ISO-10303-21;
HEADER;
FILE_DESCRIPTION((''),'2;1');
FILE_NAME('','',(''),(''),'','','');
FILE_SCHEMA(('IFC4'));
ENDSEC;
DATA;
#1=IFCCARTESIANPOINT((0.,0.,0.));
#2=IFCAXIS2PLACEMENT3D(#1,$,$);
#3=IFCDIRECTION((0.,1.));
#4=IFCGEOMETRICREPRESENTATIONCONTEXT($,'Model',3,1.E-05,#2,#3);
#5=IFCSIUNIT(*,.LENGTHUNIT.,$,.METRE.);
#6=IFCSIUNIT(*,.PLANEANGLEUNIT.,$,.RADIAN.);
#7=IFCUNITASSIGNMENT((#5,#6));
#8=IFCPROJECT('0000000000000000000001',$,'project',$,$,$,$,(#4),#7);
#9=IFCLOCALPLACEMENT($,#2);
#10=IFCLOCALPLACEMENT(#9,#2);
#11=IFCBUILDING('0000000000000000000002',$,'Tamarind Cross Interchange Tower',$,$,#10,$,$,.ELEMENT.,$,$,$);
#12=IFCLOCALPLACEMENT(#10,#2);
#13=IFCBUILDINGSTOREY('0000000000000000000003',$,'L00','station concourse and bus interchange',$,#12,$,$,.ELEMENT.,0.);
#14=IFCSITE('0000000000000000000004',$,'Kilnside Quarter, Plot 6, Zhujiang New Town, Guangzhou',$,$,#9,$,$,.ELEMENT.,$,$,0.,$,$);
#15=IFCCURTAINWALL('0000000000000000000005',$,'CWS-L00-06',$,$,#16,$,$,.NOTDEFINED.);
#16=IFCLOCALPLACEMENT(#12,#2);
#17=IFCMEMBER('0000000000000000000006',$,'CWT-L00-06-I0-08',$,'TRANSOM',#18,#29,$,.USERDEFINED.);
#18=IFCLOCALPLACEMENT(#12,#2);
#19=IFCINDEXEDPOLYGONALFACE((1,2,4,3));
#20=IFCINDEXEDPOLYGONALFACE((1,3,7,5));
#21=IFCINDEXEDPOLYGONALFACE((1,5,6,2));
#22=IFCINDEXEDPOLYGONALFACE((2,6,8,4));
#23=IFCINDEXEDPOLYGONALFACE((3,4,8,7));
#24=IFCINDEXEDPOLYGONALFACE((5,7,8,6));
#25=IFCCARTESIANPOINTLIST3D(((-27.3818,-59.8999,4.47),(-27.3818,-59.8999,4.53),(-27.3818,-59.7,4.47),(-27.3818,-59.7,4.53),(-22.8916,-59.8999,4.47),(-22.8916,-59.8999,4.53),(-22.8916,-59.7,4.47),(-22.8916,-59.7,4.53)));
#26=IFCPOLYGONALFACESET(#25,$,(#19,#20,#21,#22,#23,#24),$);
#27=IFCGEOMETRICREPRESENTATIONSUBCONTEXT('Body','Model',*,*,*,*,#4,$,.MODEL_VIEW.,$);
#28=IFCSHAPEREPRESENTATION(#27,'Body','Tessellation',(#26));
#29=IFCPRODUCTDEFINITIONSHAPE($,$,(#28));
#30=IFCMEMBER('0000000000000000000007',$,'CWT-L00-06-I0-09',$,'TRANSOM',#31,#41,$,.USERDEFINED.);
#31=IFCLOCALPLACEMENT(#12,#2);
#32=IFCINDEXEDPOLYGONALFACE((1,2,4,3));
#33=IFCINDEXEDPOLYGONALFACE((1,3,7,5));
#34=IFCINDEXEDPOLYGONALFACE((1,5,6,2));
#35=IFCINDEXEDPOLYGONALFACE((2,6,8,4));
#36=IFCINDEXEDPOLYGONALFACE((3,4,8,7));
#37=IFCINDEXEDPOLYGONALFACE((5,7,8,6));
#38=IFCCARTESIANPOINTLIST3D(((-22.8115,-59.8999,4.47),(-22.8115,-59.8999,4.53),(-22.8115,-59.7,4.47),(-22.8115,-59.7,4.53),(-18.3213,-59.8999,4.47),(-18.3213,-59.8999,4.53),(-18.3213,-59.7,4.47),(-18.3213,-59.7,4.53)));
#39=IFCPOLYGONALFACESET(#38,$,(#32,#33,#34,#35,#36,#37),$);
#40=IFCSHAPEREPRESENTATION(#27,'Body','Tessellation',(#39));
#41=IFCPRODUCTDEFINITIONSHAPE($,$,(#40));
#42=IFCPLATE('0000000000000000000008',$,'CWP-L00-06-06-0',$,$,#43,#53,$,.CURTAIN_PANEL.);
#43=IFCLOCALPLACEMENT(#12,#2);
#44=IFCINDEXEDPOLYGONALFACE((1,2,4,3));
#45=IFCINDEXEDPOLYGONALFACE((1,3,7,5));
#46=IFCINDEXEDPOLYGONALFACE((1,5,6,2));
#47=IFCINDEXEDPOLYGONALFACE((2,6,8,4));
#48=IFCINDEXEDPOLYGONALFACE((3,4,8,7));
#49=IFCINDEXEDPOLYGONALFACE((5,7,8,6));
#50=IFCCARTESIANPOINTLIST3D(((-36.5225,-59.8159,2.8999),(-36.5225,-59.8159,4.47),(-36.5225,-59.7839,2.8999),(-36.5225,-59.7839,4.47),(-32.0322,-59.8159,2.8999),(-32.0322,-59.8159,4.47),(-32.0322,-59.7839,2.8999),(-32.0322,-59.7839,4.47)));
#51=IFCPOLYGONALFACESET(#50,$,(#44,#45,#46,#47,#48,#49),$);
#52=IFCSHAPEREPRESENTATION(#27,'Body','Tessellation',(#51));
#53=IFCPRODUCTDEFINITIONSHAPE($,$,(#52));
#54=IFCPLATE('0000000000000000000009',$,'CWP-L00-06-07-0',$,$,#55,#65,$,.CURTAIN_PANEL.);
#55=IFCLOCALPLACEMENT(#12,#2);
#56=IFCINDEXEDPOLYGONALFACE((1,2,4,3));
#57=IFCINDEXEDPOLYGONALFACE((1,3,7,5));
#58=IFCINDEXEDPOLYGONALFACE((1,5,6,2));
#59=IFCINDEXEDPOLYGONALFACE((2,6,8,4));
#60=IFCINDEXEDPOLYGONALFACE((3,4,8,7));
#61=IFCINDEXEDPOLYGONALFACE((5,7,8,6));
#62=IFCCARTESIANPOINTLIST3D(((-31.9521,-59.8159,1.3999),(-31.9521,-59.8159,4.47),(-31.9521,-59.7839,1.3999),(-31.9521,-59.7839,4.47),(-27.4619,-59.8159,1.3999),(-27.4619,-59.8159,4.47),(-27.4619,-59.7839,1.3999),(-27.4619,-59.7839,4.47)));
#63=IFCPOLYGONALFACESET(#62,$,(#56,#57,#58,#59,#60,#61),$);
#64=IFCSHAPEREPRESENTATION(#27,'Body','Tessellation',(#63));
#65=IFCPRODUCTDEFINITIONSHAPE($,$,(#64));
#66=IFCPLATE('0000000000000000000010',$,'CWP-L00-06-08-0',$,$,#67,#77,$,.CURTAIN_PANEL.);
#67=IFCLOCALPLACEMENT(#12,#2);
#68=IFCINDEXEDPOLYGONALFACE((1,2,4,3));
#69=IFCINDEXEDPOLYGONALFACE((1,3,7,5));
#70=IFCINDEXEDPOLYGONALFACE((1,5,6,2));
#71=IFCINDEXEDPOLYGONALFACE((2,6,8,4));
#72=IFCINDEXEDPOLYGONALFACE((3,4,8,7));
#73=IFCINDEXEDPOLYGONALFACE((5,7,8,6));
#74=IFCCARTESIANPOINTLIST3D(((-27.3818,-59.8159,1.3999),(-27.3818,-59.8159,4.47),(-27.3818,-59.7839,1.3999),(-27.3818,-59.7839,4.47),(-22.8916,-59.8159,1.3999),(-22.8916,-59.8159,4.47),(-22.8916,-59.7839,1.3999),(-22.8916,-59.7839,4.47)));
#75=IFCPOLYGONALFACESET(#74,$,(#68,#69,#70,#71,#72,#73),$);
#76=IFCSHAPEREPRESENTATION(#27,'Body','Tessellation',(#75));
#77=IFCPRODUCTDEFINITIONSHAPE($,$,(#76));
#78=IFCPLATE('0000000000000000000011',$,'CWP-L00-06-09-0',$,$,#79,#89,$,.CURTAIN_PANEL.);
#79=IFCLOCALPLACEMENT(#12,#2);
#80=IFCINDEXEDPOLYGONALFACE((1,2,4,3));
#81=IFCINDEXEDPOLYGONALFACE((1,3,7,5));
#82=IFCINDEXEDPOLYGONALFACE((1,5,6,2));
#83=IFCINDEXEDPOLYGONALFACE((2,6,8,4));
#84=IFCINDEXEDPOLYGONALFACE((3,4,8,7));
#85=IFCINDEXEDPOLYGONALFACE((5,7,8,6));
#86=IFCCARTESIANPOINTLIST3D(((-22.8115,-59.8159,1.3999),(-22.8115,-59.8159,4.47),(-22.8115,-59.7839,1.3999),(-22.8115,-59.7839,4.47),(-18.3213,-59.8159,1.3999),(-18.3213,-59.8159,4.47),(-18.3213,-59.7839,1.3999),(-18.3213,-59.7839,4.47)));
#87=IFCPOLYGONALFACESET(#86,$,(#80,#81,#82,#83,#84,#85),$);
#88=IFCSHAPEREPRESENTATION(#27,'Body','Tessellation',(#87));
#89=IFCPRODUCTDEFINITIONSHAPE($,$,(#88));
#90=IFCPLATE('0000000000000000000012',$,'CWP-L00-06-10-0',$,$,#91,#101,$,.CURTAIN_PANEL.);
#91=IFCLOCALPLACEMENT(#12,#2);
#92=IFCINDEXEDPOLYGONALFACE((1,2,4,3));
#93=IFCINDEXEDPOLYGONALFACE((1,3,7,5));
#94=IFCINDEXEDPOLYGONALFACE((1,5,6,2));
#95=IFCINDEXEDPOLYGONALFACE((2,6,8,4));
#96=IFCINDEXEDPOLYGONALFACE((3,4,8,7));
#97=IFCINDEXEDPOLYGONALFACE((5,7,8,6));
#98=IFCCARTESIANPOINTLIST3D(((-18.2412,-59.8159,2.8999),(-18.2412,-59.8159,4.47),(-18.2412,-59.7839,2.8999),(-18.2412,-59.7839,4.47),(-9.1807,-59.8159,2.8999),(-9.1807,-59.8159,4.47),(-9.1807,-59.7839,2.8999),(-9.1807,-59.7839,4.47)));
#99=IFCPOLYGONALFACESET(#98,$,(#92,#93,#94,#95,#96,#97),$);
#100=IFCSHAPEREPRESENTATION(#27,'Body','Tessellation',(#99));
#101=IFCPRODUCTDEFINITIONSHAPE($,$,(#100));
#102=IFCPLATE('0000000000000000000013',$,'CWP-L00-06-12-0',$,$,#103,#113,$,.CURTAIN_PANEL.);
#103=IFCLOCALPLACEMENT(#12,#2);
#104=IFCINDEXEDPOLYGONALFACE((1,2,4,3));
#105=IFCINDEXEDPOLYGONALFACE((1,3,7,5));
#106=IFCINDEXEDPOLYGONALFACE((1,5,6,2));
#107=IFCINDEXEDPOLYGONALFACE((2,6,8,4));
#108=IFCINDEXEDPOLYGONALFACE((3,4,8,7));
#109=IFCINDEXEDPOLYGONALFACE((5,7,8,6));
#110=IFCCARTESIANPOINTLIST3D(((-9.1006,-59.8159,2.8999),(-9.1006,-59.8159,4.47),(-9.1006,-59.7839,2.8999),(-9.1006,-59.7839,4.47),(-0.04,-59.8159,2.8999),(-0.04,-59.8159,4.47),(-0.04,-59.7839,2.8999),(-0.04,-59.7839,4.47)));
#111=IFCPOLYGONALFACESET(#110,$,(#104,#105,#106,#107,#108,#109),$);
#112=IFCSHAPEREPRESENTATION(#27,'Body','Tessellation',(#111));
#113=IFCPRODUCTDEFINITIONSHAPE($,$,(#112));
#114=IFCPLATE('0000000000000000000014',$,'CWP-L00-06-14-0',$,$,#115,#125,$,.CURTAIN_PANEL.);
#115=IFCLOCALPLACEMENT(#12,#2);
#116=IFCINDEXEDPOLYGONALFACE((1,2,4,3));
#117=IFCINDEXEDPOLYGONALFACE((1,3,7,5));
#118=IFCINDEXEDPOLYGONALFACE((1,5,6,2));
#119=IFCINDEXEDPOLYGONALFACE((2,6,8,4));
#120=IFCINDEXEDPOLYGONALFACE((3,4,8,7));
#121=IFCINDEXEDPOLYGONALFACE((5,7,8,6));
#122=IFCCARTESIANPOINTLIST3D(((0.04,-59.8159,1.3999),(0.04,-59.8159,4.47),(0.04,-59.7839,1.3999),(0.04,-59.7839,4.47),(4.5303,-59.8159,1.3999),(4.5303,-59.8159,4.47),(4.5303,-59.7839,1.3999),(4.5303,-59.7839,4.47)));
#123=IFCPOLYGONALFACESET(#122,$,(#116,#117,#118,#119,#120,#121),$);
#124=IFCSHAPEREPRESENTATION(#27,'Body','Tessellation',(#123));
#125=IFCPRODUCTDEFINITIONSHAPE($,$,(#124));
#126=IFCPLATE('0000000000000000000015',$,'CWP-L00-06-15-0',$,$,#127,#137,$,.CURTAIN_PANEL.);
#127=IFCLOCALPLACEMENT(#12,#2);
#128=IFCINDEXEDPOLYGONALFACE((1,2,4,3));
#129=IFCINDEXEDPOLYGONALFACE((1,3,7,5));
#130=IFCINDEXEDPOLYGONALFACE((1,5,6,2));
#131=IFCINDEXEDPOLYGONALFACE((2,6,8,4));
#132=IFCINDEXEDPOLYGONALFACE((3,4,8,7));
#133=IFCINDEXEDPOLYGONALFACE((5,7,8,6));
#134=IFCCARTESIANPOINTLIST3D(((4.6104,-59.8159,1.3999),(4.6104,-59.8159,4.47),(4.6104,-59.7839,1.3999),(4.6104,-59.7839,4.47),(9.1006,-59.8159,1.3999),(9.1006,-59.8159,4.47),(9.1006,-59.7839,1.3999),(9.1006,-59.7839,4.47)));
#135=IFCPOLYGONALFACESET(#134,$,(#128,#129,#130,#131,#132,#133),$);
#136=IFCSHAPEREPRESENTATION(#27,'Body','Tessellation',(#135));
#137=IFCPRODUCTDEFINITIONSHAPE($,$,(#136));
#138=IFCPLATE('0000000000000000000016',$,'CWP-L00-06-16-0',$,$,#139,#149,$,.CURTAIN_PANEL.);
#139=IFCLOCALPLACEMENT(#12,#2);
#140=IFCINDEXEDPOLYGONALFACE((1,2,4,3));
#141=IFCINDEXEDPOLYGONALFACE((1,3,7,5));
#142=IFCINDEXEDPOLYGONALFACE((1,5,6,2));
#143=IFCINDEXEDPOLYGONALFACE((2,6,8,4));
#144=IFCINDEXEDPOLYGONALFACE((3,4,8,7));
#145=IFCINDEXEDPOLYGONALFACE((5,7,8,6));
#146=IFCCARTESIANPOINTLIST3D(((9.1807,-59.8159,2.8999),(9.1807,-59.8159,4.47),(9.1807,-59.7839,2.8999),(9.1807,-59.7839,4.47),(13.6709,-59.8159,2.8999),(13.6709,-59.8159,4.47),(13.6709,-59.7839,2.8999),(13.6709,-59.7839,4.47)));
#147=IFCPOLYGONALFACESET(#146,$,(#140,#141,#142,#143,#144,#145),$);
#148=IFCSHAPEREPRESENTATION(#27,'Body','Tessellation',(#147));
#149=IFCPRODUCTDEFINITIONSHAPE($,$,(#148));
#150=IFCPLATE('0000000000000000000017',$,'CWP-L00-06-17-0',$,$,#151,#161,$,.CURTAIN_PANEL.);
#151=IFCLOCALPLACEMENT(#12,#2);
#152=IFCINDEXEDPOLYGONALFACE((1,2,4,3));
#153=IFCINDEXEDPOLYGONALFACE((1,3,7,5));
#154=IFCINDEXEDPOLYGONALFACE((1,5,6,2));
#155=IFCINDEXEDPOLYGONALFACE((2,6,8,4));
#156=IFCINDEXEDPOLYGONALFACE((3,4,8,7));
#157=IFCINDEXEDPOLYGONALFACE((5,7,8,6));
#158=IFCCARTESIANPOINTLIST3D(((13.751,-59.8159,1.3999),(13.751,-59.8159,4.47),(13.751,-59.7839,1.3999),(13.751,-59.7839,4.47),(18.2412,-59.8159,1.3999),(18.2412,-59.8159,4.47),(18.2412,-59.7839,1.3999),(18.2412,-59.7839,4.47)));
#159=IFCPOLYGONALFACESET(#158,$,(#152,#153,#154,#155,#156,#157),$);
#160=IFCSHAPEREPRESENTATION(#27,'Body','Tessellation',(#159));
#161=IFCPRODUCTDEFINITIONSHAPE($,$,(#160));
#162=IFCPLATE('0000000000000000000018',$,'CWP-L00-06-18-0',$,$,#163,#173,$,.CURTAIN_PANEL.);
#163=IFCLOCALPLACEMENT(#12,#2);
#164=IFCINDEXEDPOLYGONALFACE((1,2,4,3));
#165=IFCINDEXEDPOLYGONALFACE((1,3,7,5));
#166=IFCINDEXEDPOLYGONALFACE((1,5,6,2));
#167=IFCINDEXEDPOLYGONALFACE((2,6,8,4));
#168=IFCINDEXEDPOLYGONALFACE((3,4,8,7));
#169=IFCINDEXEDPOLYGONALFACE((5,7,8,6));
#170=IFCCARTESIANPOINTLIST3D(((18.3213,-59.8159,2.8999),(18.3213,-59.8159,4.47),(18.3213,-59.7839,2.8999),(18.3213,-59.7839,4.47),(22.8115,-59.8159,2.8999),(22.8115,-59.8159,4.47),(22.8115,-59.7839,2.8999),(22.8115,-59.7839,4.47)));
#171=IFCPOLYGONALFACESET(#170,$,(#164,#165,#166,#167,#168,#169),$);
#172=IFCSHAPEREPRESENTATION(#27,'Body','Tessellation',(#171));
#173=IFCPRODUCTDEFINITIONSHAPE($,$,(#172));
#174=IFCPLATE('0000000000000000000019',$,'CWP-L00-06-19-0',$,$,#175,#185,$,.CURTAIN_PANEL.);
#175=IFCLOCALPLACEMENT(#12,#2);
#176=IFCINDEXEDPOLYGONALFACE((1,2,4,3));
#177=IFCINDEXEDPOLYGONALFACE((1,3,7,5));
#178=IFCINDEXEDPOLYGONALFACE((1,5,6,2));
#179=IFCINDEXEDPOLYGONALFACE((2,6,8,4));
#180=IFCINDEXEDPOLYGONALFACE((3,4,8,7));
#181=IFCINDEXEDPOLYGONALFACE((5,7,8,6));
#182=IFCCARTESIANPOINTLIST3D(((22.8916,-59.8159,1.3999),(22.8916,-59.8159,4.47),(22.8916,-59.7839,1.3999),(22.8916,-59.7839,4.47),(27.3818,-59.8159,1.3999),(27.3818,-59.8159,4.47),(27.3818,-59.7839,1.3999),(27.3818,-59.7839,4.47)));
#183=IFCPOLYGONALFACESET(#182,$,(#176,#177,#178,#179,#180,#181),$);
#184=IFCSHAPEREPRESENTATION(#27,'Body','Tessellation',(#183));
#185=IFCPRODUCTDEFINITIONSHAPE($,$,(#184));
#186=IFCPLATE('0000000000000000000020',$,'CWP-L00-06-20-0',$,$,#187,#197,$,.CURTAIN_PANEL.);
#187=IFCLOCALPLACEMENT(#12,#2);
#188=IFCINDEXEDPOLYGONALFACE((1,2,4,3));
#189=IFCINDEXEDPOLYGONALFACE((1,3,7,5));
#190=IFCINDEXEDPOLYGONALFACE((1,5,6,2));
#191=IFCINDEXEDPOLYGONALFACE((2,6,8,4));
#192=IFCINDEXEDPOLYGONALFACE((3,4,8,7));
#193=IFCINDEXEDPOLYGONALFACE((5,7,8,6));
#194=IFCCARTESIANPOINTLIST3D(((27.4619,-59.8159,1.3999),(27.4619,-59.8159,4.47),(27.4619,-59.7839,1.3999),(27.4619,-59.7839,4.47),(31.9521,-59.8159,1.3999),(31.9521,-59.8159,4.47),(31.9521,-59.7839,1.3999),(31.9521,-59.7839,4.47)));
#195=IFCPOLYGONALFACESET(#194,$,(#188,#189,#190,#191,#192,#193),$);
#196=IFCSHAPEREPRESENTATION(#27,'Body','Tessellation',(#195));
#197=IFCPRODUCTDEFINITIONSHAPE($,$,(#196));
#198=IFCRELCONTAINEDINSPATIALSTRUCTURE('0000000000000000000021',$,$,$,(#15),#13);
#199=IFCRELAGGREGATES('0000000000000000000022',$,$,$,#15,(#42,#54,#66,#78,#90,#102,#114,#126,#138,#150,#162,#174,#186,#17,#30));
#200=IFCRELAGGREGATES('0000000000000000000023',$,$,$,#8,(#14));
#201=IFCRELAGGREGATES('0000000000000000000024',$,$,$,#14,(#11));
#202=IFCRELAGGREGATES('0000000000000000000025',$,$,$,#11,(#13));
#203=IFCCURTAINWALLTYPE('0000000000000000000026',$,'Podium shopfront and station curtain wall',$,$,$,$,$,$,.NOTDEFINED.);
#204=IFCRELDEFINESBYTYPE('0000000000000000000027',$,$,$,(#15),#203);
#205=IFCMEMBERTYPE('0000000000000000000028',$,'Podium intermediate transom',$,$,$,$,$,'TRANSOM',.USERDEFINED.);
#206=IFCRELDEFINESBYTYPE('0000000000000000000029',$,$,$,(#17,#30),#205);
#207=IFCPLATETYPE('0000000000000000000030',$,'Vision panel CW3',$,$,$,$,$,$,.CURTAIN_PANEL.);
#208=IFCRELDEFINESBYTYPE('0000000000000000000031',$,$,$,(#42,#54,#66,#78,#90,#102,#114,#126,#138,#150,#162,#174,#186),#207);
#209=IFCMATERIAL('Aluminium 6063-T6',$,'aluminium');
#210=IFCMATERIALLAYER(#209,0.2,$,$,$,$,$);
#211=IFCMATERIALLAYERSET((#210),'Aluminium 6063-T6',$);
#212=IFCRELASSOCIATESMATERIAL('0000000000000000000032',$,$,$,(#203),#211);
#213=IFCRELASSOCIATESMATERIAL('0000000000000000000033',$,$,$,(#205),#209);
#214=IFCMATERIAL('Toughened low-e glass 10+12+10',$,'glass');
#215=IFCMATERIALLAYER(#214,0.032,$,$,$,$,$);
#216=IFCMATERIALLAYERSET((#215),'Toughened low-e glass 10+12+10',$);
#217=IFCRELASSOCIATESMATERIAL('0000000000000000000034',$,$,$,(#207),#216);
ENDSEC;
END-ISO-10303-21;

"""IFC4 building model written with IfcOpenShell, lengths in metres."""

from ifc_helpers import new_model, si_unit, direction, frame, origin, place, context, subcontext, project, spatial, polyline, outline, extrude, material, layer, layer_set, type_object, element, aggregate, save


model = new_model("IFC4")

# Units and contexts
model_context = context("Model", 3, precision=1e-05, world=origin(), true_north=direction((0.0, 1.0)))
body_context = subcontext(model_context, "Body", "Model", "MODEL_VIEW")
ifc_project = project(units=[si_unit("LENGTHUNIT", "METRE"), si_unit("PLANEANGLEUNIT", "RADIAN")], contexts=[model_context])

# Site, building, storey
site_placement = place(None, origin())
site = spatial("IfcSite", under=ifc_project, at=site_placement, Name="Kilnside Quarter, Plot 6, Zhujiang New Town, Guangzhou", CompositionType="ELEMENT", RefElevation=0.0)
building_placement = place(site_placement, origin())
building = spatial("IfcBuilding", under=site, at=building_placement, Name="Tamarind Cross Interchange Tower", CompositionType="ELEMENT")
storey_placement = place(building_placement, origin())
storey = spatial("IfcBuildingStorey", under=building, at=storey_placement, Name="L00", Description="station concourse and bus interchange", CompositionType="ELEMENT", Elevation=0.0)

# Curtain wall, members, plates
ifc_material_1 = material(Name="Aluminium 6063-T6", Category="aluminium")
ifc_layer_1 = layer(ifc_material_1, 0.2)
ifc_layer_set_1 = layer_set([ifc_layer_1], Name="Aluminium 6063-T6")
curtain_wall_type = type_object("IfcCurtainWallType", Name="Podium shopfront and station curtain wall", PredefinedType="NOTDEFINED", material=ifc_layer_set_1)
curtain_wall_placement = place(storey_placement, origin())
curtain_wall = element("IfcCurtainWall", 1, at=curtain_wall_placement, inside=storey, type_object=curtain_wall_type, Name="CWS-L00-06", PredefinedType="NOTDEFINED")
member_type_1 = type_object("IfcMemberType", Name="Podium intermediate transom", ElementType="TRANSOM", PredefinedType="USERDEFINED", material=ifc_material_1)
member_1_placement = place(storey_placement, frame((0.0, 0.0, 4.47)))
member_1 = element("IfcMember", 2, at=member_1_placement, type_object=member_type_1, Name="CWT-L00-06-I0-08", ObjectType="TRANSOM", PredefinedType="USERDEFINED", context=body_context, shape_type="SweptSolid", body=[
    extrude(outline(polyline([(-27.3818, -59.7), (-22.8916, -59.7), (-22.8916, -59.8999), (-27.3818, -59.8999), (-27.3818, -59.7)])), origin(), (0.0, 0.0, 1.0), 0.0601),
])
member_2_placement = place(storey_placement, frame((0.0, 0.0, 4.47)))
member_2 = element("IfcMember", 3, at=member_2_placement, type_object=member_type_1, Name="CWT-L00-06-I0-09", ObjectType="TRANSOM", PredefinedType="USERDEFINED", context=body_context, shape_type="SweptSolid", body=[
    extrude(outline(polyline([(-22.8115, -59.7), (-18.3213, -59.7), (-18.3213, -59.8999), (-22.8115, -59.8999), (-22.8115, -59.7)])), origin(), (0.0, 0.0, 1.0), 0.0601),
])
ifc_material_2 = material(Name="Toughened low-e glass 10+12+10", Category="glass")
ifc_layer_2 = layer(ifc_material_2, 0.032)
ifc_layer_set_2 = layer_set([ifc_layer_2], Name="Toughened low-e glass 10+12+10")
plate_type = type_object("IfcPlateType", Name="Vision panel CW3", PredefinedType="CURTAIN_PANEL", material=ifc_layer_set_2)
plate_1_placement = place(storey_placement, frame((0.0, 0.0, 2.8999)))
plate_1 = element("IfcPlate", 4, at=plate_1_placement, type_object=plate_type, Name="CWP-L00-06-06-0", PredefinedType="CURTAIN_PANEL", context=body_context, shape_type="SweptSolid", body=[
    extrude(outline(polyline([(-36.5225, -59.7839), (-32.0322, -59.7839), (-32.0322, -59.8159), (-36.5225, -59.8159), (-36.5225, -59.7839)])), origin(), (0.0, 0.0, 1.0), 1.5701),
])
plate_2_placement = place(storey_placement, frame((0.0, 0.0, 1.3999)))
plate_2 = element("IfcPlate", 5, at=plate_2_placement, type_object=plate_type, Name="CWP-L00-06-07-0", PredefinedType="CURTAIN_PANEL", context=body_context, shape_type="SweptSolid", body=[
    extrude(outline(polyline([(-31.9521, -59.7839), (-27.4619, -59.7839), (-27.4619, -59.8159), (-31.9521, -59.8159), (-31.9521, -59.7839)])), origin(), (0.0, 0.0, 1.0), 3.0701),
])
plate_3_placement = place(storey_placement, frame((0.0, 0.0, 1.3999)))
plate_3 = element("IfcPlate", 6, at=plate_3_placement, type_object=plate_type, Name="CWP-L00-06-08-0", PredefinedType="CURTAIN_PANEL", context=body_context, shape_type="SweptSolid", body=[
    extrude(outline(polyline([(-27.3818, -59.7839), (-22.8916, -59.7839), (-22.8916, -59.8159), (-27.3818, -59.8159), (-27.3818, -59.7839)])), origin(), (0.0, 0.0, 1.0), 3.0701),
])
plate_4_placement = place(storey_placement, frame((0.0, 0.0, 1.3999)))
plate_4 = element("IfcPlate", 7, at=plate_4_placement, type_object=plate_type, Name="CWP-L00-06-09-0", PredefinedType="CURTAIN_PANEL", context=body_context, shape_type="SweptSolid", body=[
    extrude(outline(polyline([(-22.8115, -59.7839), (-18.3213, -59.7839), (-18.3213, -59.8159), (-22.8115, -59.8159), (-22.8115, -59.7839)])), origin(), (0.0, 0.0, 1.0), 3.0701),
])
plate_5_placement = place(storey_placement, frame((0.0, 0.0, 2.8999)))
plate_5 = element("IfcPlate", 8, at=plate_5_placement, type_object=plate_type, Name="CWP-L00-06-10-0", PredefinedType="CURTAIN_PANEL", context=body_context, shape_type="SweptSolid", body=[
    extrude(outline(polyline([(-18.2412, -59.7839), (-9.1807, -59.7839), (-9.1807, -59.8159), (-18.2412, -59.8159), (-18.2412, -59.7839)])), origin(), (0.0, 0.0, 1.0), 1.5701),
])
plate_6_placement = place(storey_placement, frame((0.0, 0.0, 2.8999)))
plate_6 = element("IfcPlate", 9, at=plate_6_placement, type_object=plate_type, Name="CWP-L00-06-12-0", PredefinedType="CURTAIN_PANEL", context=body_context, shape_type="SweptSolid", body=[
    extrude(outline(polyline([(-9.1006, -59.7839), (-0.04, -59.7839), (-0.04, -59.8159), (-9.1006, -59.8159), (-9.1006, -59.7839)])), origin(), (0.0, 0.0, 1.0), 1.5701),
])
plate_7_placement = place(storey_placement, frame((0.0, 0.0, 1.3999)))
plate_7 = element("IfcPlate", 10, at=plate_7_placement, type_object=plate_type, Name="CWP-L00-06-14-0", PredefinedType="CURTAIN_PANEL", context=body_context, shape_type="SweptSolid", body=[
    extrude(outline(polyline([(0.04, -59.7839), (4.5303, -59.7839), (4.5303, -59.8159), (0.04, -59.8159), (0.04, -59.7839)])), origin(), (0.0, 0.0, 1.0), 3.0701),
])
plate_8_placement = place(storey_placement, frame((0.0, 0.0, 1.3999)))
plate_8 = element("IfcPlate", 11, at=plate_8_placement, type_object=plate_type, Name="CWP-L00-06-15-0", PredefinedType="CURTAIN_PANEL", context=body_context, shape_type="SweptSolid", body=[
    extrude(outline(polyline([(4.6104, -59.7839), (9.1006, -59.7839), (9.1006, -59.8159), (4.6104, -59.8159), (4.6104, -59.7839)])), origin(), (0.0, 0.0, 1.0), 3.0701),
])
plate_9_placement = place(storey_placement, frame((0.0, 0.0, 2.8999)))
plate_9 = element("IfcPlate", 12, at=plate_9_placement, type_object=plate_type, Name="CWP-L00-06-16-0", PredefinedType="CURTAIN_PANEL", context=body_context, shape_type="SweptSolid", body=[
    extrude(outline(polyline([(9.1807, -59.7839), (13.6709, -59.7839), (13.6709, -59.8159), (9.1807, -59.8159), (9.1807, -59.7839)])), origin(), (0.0, 0.0, 1.0), 1.5701),
])
plate_10_placement = place(storey_placement, frame((0.0, 0.0, 1.3999)))
plate_10 = element("IfcPlate", 13, at=plate_10_placement, type_object=plate_type, Name="CWP-L00-06-17-0", PredefinedType="CURTAIN_PANEL", context=body_context, shape_type="SweptSolid", body=[
    extrude(outline(polyline([(13.751, -59.7839), (18.2412, -59.7839), (18.2412, -59.8159), (13.751, -59.8159), (13.751, -59.7839)])), origin(), (0.0, 0.0, 1.0), 3.0701),
])
plate_11_placement = place(storey_placement, frame((0.0, 0.0, 2.8999)))
plate_11 = element("IfcPlate", 14, at=plate_11_placement, type_object=plate_type, Name="CWP-L00-06-18-0", PredefinedType="CURTAIN_PANEL", context=body_context, shape_type="SweptSolid", body=[
    extrude(outline(polyline([(18.3213, -59.7839), (22.8115, -59.7839), (22.8115, -59.8159), (18.3213, -59.8159), (18.3213, -59.7839)])), origin(), (0.0, 0.0, 1.0), 1.5701),
])
plate_12_placement = place(storey_placement, frame((0.0, 0.0, 1.3999)))
plate_12 = element("IfcPlate", 15, at=plate_12_placement, type_object=plate_type, Name="CWP-L00-06-19-0", PredefinedType="CURTAIN_PANEL", context=body_context, shape_type="SweptSolid", body=[
    extrude(outline(polyline([(22.8916, -59.7839), (27.3818, -59.7839), (27.3818, -59.8159), (22.8916, -59.8159), (22.8916, -59.7839)])), origin(), (0.0, 0.0, 1.0), 3.0701),
])
plate_13_placement = place(storey_placement, frame((0.0, 0.0, 1.3999)))
plate_13 = element("IfcPlate", 16, at=plate_13_placement, type_object=plate_type, Name="CWP-L00-06-20-0", PredefinedType="CURTAIN_PANEL", context=body_context, shape_type="SweptSolid", body=[
    extrude(outline(polyline([(27.4619, -59.7839), (31.9521, -59.7839), (31.9521, -59.8159), (27.4619, -59.8159), (27.4619, -59.7839)])), origin(), (0.0, 0.0, 1.0), 3.0701),
])
aggregate(curtain_wall, [plate_1, plate_2, plate_3, plate_4, plate_5, plate_6, plate_7, plate_8, plate_9, plate_10, plate_11, plate_12, plate_13, member_1, member_2])

save(model, "model.ifc")
